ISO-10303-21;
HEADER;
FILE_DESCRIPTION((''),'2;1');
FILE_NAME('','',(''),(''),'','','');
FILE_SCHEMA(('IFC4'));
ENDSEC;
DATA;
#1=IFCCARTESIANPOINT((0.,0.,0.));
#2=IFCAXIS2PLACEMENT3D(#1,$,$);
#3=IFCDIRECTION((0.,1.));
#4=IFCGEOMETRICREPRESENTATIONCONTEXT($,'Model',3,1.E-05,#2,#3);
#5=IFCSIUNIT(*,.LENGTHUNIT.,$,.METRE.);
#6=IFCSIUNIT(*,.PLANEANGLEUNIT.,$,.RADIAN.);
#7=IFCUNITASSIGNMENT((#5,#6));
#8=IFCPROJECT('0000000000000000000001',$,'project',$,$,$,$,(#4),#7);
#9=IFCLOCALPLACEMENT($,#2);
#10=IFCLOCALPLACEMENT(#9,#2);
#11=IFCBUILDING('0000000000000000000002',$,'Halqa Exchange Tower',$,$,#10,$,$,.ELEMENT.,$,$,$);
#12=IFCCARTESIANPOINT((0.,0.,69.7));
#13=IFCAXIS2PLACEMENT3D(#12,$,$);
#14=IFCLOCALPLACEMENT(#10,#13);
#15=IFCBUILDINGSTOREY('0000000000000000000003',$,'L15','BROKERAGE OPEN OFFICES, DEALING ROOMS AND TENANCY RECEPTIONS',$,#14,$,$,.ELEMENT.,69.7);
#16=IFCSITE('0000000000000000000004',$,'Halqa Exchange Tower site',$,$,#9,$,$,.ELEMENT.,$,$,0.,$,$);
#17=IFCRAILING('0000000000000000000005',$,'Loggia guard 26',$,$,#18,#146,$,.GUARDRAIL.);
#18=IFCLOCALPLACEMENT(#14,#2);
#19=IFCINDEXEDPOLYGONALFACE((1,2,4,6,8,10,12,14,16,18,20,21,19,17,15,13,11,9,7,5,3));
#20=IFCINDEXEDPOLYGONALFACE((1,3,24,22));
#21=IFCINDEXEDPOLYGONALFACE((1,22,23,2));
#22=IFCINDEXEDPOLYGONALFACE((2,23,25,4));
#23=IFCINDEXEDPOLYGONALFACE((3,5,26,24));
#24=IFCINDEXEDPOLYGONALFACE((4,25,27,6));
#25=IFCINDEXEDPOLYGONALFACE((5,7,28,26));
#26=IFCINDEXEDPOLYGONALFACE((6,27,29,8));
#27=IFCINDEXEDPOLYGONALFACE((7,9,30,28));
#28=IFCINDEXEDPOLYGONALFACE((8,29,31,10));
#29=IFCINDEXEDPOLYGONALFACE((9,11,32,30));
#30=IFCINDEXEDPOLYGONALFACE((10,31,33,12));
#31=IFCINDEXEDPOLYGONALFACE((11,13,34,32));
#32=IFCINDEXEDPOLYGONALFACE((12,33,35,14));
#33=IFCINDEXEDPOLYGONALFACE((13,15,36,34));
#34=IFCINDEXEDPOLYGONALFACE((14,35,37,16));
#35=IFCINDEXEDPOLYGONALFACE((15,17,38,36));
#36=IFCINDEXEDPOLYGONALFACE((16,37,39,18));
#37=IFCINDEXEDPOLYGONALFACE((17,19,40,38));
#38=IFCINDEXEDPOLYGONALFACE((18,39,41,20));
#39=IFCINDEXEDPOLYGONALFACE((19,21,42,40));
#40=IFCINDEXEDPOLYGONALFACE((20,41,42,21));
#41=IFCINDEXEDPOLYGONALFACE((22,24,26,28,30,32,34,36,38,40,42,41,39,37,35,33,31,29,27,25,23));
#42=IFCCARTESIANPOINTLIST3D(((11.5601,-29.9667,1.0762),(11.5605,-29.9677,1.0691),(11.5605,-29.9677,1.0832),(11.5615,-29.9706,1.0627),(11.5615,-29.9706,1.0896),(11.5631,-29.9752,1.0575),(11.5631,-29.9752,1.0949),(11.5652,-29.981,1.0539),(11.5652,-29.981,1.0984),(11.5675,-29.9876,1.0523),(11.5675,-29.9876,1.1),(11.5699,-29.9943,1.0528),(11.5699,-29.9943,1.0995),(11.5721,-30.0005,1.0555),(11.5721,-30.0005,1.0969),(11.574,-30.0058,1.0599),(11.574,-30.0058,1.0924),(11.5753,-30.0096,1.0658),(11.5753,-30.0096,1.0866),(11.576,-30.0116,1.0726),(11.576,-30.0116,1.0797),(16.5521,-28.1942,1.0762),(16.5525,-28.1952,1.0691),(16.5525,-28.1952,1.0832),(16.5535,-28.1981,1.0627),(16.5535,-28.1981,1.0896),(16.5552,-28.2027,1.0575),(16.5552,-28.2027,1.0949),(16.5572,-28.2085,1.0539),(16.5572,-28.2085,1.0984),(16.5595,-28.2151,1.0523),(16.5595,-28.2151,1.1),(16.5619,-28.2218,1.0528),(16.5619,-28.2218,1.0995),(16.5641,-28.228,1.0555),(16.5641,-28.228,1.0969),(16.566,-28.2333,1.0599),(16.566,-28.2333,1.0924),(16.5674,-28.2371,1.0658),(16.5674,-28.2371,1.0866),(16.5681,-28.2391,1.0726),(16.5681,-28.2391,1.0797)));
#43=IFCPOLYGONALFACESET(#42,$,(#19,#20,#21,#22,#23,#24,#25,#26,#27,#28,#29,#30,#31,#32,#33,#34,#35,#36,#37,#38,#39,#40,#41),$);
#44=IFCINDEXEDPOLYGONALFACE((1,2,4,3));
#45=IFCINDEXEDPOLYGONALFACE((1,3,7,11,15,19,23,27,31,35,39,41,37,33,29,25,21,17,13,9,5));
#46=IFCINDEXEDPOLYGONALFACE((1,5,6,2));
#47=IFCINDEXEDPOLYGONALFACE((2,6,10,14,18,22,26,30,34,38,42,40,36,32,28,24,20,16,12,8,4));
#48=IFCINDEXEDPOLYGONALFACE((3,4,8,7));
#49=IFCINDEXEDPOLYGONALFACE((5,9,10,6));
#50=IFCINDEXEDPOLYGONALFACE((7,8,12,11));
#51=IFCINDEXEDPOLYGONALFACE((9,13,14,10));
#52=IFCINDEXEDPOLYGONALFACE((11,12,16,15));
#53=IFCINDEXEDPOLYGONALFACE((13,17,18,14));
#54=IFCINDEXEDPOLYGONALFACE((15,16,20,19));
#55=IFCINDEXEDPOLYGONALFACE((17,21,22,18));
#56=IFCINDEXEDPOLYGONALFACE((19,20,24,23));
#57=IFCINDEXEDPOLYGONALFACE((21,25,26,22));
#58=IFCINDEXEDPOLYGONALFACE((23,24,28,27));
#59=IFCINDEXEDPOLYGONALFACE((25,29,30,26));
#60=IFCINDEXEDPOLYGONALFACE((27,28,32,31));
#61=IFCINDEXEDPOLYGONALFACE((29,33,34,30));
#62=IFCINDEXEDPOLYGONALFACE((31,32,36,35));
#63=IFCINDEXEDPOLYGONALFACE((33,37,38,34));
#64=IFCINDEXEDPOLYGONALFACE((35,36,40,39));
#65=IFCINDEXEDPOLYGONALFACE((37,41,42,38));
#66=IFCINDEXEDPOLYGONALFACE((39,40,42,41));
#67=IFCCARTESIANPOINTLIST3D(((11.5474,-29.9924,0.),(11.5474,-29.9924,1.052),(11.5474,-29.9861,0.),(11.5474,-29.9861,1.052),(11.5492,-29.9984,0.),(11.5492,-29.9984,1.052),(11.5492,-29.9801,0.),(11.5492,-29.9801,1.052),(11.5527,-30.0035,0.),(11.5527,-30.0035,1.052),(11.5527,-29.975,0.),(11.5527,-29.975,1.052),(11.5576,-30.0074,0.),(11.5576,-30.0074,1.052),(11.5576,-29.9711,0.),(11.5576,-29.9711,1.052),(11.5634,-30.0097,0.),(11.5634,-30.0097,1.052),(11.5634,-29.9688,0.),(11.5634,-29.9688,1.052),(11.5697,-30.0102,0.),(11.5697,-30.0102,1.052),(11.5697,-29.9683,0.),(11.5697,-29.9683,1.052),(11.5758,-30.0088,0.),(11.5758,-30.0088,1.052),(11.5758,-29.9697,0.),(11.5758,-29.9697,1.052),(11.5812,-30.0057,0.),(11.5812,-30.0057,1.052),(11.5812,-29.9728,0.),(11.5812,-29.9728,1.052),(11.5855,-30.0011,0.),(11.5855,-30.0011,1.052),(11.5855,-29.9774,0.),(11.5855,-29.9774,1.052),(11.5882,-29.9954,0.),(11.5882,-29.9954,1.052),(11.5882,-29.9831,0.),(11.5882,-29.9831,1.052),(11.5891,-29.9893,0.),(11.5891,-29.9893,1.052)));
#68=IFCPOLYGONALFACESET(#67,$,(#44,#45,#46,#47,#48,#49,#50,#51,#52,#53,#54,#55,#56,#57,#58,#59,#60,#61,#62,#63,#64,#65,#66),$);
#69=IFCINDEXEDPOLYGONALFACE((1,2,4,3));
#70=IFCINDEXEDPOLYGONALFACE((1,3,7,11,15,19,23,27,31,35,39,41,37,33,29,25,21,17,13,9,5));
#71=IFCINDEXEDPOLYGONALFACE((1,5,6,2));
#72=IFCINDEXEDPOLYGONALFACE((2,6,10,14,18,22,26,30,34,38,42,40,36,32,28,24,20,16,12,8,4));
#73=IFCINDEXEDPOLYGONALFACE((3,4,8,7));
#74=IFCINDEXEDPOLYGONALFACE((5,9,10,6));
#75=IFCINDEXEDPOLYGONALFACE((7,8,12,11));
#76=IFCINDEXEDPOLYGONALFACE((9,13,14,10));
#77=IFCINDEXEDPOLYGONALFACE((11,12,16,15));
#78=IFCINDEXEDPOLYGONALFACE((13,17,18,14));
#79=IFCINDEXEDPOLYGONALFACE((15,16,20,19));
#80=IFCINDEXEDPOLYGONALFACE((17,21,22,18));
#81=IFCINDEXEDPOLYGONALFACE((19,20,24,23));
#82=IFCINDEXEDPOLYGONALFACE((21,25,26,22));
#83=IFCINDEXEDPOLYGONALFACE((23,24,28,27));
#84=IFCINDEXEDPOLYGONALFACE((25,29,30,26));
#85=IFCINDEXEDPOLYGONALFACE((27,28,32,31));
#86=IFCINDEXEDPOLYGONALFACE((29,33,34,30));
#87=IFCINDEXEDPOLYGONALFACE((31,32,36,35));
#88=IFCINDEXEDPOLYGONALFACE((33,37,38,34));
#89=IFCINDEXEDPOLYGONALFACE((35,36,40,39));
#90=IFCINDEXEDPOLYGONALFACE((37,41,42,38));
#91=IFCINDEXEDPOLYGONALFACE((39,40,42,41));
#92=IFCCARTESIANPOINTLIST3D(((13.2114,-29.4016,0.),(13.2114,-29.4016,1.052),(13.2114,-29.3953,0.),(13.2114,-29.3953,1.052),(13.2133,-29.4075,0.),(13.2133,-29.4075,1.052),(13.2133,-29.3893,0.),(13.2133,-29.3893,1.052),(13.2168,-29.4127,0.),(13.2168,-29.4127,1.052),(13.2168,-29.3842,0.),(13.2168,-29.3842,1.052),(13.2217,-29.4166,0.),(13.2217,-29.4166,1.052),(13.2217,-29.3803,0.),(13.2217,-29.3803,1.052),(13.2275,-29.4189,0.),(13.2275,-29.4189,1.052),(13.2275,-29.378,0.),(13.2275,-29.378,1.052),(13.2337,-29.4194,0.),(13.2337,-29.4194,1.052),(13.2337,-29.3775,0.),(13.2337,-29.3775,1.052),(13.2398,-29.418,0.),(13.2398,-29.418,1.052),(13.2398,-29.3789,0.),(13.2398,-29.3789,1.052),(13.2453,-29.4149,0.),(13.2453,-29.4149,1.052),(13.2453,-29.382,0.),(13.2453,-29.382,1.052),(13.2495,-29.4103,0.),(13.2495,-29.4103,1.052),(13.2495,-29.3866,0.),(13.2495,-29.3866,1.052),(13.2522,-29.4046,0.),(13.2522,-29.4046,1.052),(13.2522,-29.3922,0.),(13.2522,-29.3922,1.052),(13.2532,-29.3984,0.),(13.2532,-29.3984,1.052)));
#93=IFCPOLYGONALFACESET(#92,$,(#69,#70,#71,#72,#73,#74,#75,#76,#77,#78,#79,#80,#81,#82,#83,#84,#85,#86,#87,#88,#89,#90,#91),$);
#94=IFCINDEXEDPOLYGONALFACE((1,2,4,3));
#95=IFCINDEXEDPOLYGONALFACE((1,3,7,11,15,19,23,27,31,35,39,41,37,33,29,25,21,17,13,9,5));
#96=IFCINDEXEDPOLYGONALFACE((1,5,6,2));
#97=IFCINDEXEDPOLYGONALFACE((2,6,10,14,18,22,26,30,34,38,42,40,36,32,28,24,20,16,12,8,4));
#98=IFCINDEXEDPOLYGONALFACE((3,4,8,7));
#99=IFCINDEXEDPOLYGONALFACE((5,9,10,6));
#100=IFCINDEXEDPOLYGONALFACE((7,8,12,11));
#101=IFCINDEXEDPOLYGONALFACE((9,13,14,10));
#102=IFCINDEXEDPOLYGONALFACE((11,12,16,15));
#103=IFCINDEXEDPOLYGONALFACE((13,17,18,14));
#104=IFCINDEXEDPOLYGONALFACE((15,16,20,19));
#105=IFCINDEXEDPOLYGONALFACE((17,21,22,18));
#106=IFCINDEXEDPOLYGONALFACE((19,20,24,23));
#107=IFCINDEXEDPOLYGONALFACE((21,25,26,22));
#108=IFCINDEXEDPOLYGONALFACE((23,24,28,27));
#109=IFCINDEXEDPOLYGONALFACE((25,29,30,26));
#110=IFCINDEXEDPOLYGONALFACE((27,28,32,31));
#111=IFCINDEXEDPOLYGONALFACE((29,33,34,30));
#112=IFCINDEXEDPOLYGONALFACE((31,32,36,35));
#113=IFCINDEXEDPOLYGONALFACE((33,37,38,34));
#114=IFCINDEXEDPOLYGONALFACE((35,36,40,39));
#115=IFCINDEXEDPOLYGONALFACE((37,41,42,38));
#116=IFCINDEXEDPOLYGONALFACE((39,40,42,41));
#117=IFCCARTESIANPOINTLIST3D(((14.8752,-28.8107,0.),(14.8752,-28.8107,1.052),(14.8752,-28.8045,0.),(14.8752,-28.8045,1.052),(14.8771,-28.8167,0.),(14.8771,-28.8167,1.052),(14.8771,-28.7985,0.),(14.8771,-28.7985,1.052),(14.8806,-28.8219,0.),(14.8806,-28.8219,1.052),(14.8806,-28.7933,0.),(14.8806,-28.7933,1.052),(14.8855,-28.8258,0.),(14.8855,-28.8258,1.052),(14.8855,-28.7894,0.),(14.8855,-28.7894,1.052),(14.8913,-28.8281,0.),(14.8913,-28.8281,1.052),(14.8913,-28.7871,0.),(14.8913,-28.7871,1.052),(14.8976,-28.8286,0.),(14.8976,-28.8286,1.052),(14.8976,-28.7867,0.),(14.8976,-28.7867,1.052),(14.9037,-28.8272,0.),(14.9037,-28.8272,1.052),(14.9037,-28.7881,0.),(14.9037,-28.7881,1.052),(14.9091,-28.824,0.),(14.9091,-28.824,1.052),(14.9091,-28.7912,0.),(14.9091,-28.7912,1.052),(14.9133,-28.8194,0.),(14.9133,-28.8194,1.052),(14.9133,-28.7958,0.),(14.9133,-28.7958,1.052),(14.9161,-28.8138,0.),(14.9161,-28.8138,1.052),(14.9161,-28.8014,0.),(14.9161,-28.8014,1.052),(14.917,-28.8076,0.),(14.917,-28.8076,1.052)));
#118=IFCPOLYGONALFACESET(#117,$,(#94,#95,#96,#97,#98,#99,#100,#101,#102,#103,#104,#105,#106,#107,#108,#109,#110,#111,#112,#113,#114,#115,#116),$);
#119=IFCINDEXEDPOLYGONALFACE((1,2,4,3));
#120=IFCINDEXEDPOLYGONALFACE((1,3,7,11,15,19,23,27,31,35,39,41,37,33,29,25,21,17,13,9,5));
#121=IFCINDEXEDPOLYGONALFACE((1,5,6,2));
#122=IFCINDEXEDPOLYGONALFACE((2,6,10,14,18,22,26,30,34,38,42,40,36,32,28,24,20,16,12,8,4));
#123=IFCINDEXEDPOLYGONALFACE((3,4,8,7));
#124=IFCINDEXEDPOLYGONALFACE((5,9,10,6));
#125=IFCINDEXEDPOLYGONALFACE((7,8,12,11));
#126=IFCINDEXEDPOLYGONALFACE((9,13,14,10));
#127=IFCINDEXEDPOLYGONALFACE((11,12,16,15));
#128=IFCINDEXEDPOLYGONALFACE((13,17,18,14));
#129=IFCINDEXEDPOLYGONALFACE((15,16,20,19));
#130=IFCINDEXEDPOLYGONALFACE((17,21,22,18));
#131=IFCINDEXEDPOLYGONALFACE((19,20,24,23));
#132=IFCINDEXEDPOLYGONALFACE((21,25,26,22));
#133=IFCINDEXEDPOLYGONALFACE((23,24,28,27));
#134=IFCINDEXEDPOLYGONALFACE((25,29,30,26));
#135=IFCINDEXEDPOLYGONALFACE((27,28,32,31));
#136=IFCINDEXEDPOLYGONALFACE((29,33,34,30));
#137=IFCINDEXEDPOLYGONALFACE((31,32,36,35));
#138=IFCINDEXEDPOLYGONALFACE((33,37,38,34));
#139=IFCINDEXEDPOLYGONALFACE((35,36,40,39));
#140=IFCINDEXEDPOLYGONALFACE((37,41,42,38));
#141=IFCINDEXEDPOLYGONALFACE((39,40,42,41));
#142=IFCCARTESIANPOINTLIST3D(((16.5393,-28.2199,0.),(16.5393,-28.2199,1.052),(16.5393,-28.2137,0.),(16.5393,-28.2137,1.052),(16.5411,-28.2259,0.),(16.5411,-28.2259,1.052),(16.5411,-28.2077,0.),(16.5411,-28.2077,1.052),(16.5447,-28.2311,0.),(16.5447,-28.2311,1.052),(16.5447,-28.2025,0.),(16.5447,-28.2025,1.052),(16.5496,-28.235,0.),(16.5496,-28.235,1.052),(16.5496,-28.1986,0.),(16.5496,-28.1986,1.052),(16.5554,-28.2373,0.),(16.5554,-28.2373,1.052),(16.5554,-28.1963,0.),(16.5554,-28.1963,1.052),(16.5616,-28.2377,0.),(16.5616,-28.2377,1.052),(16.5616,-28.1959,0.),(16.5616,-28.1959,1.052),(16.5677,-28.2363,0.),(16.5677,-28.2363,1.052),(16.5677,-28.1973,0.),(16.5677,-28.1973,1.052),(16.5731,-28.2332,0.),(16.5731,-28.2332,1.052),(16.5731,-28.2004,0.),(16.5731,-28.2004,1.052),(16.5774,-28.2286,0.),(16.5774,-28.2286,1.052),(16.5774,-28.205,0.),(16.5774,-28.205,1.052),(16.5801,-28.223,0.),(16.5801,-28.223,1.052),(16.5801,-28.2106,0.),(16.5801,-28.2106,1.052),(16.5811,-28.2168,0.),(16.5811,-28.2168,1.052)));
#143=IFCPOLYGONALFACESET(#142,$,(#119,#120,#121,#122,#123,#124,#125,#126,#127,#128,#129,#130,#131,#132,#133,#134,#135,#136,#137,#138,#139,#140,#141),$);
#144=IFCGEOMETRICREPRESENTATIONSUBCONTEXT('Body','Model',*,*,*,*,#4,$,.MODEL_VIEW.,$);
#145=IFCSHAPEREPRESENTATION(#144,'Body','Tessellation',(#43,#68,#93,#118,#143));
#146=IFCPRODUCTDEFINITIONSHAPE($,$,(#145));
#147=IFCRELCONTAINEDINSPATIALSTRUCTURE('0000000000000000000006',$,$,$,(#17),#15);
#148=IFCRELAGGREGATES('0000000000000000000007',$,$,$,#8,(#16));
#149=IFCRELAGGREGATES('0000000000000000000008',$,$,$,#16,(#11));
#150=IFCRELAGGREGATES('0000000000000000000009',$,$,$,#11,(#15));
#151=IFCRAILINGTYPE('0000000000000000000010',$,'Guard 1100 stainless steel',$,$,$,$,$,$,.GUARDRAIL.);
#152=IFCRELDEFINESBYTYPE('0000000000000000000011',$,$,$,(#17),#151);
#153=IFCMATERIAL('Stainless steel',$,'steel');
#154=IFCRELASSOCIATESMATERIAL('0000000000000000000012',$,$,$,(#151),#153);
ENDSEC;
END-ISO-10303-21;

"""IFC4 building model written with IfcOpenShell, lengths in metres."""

from ifc_helpers import new_model, si_unit, direction, frame, origin, origin_2d, place, context, subcontext, project, spatial, circle, extrude, material, type_object, element, save


model = new_model("IFC4")

# Units and contexts
model_context = context("Model", 3, precision=1e-05, world=origin(), true_north=direction((0.0, 1.0)))
body_context = subcontext(model_context, "Body", "Model", "MODEL_VIEW")
ifc_project = project(units=[si_unit("LENGTHUNIT", "METRE"), si_unit("PLANEANGLEUNIT", "RADIAN")], contexts=[model_context])

# Site, building, storey
site_placement = place(None, origin())
site = spatial("IfcSite", under=ifc_project, at=site_placement, Name="Halqa Exchange Tower site", CompositionType="ELEMENT", RefElevation=0.0)
building_placement = place(site_placement, origin())
building = spatial("IfcBuilding", under=site, at=building_placement, Name="Halqa Exchange Tower", CompositionType="ELEMENT")
storey_placement = place(building_placement, frame((0.0, 0.0, 69.7)))
storey = spatial("IfcBuildingStorey", under=building, at=storey_placement, Name="L15", Description="BROKERAGE OPEN OFFICES, DEALING ROOMS AND TENANCY RECEPTIONS", CompositionType="ELEMENT", Elevation=69.7)

# Railing
ifc_material_1 = material(Name="Stainless steel", Category="steel")
railing_type = type_object("IfcRailingType", Name="Guard 1100 stainless steel", PredefinedType="GUARDRAIL", material=ifc_material_1)
railing_1_placement = place(storey_placement, frame((11.5681, -29.9893, 0.0)))
element("IfcRailing", 1, at=railing_1_placement, inside=storey, type_object=railing_type, Name="Loggia guard 26", PredefinedType="GUARDRAIL", context=body_context, shape_type="SweptSolid", body=[
    extrude(circle(Radius=0.0239, at=origin_2d()), frame((0.0, 0.0, 1.0762), z_axis=(0.942361, 0.334599, 0.0), x_axis=(-0.334599, 0.942361, 0.0)), (0.0, 0.0, 1.0), 5.2974),
    extrude(circle(Radius=0.021, at=origin_2d()), origin(), (0.0, 0.0, 1.0), 1.052),
    extrude(circle(Radius=0.021, at=origin_2d()), frame((1.6641, 0.5908, 0.0)), (0.0, 0.0, 1.0), 1.052),
    extrude(circle(Radius=0.021, at=origin_2d()), frame((3.3279, 1.1816, 0.0)), (0.0, 0.0, 1.0), 1.052),
    extrude(circle(Radius=0.021, at=origin_2d()), frame((4.9919, 1.7725, 0.0)), (0.0, 0.0, 1.0), 1.052),
])

save(model, "model.ifc")
